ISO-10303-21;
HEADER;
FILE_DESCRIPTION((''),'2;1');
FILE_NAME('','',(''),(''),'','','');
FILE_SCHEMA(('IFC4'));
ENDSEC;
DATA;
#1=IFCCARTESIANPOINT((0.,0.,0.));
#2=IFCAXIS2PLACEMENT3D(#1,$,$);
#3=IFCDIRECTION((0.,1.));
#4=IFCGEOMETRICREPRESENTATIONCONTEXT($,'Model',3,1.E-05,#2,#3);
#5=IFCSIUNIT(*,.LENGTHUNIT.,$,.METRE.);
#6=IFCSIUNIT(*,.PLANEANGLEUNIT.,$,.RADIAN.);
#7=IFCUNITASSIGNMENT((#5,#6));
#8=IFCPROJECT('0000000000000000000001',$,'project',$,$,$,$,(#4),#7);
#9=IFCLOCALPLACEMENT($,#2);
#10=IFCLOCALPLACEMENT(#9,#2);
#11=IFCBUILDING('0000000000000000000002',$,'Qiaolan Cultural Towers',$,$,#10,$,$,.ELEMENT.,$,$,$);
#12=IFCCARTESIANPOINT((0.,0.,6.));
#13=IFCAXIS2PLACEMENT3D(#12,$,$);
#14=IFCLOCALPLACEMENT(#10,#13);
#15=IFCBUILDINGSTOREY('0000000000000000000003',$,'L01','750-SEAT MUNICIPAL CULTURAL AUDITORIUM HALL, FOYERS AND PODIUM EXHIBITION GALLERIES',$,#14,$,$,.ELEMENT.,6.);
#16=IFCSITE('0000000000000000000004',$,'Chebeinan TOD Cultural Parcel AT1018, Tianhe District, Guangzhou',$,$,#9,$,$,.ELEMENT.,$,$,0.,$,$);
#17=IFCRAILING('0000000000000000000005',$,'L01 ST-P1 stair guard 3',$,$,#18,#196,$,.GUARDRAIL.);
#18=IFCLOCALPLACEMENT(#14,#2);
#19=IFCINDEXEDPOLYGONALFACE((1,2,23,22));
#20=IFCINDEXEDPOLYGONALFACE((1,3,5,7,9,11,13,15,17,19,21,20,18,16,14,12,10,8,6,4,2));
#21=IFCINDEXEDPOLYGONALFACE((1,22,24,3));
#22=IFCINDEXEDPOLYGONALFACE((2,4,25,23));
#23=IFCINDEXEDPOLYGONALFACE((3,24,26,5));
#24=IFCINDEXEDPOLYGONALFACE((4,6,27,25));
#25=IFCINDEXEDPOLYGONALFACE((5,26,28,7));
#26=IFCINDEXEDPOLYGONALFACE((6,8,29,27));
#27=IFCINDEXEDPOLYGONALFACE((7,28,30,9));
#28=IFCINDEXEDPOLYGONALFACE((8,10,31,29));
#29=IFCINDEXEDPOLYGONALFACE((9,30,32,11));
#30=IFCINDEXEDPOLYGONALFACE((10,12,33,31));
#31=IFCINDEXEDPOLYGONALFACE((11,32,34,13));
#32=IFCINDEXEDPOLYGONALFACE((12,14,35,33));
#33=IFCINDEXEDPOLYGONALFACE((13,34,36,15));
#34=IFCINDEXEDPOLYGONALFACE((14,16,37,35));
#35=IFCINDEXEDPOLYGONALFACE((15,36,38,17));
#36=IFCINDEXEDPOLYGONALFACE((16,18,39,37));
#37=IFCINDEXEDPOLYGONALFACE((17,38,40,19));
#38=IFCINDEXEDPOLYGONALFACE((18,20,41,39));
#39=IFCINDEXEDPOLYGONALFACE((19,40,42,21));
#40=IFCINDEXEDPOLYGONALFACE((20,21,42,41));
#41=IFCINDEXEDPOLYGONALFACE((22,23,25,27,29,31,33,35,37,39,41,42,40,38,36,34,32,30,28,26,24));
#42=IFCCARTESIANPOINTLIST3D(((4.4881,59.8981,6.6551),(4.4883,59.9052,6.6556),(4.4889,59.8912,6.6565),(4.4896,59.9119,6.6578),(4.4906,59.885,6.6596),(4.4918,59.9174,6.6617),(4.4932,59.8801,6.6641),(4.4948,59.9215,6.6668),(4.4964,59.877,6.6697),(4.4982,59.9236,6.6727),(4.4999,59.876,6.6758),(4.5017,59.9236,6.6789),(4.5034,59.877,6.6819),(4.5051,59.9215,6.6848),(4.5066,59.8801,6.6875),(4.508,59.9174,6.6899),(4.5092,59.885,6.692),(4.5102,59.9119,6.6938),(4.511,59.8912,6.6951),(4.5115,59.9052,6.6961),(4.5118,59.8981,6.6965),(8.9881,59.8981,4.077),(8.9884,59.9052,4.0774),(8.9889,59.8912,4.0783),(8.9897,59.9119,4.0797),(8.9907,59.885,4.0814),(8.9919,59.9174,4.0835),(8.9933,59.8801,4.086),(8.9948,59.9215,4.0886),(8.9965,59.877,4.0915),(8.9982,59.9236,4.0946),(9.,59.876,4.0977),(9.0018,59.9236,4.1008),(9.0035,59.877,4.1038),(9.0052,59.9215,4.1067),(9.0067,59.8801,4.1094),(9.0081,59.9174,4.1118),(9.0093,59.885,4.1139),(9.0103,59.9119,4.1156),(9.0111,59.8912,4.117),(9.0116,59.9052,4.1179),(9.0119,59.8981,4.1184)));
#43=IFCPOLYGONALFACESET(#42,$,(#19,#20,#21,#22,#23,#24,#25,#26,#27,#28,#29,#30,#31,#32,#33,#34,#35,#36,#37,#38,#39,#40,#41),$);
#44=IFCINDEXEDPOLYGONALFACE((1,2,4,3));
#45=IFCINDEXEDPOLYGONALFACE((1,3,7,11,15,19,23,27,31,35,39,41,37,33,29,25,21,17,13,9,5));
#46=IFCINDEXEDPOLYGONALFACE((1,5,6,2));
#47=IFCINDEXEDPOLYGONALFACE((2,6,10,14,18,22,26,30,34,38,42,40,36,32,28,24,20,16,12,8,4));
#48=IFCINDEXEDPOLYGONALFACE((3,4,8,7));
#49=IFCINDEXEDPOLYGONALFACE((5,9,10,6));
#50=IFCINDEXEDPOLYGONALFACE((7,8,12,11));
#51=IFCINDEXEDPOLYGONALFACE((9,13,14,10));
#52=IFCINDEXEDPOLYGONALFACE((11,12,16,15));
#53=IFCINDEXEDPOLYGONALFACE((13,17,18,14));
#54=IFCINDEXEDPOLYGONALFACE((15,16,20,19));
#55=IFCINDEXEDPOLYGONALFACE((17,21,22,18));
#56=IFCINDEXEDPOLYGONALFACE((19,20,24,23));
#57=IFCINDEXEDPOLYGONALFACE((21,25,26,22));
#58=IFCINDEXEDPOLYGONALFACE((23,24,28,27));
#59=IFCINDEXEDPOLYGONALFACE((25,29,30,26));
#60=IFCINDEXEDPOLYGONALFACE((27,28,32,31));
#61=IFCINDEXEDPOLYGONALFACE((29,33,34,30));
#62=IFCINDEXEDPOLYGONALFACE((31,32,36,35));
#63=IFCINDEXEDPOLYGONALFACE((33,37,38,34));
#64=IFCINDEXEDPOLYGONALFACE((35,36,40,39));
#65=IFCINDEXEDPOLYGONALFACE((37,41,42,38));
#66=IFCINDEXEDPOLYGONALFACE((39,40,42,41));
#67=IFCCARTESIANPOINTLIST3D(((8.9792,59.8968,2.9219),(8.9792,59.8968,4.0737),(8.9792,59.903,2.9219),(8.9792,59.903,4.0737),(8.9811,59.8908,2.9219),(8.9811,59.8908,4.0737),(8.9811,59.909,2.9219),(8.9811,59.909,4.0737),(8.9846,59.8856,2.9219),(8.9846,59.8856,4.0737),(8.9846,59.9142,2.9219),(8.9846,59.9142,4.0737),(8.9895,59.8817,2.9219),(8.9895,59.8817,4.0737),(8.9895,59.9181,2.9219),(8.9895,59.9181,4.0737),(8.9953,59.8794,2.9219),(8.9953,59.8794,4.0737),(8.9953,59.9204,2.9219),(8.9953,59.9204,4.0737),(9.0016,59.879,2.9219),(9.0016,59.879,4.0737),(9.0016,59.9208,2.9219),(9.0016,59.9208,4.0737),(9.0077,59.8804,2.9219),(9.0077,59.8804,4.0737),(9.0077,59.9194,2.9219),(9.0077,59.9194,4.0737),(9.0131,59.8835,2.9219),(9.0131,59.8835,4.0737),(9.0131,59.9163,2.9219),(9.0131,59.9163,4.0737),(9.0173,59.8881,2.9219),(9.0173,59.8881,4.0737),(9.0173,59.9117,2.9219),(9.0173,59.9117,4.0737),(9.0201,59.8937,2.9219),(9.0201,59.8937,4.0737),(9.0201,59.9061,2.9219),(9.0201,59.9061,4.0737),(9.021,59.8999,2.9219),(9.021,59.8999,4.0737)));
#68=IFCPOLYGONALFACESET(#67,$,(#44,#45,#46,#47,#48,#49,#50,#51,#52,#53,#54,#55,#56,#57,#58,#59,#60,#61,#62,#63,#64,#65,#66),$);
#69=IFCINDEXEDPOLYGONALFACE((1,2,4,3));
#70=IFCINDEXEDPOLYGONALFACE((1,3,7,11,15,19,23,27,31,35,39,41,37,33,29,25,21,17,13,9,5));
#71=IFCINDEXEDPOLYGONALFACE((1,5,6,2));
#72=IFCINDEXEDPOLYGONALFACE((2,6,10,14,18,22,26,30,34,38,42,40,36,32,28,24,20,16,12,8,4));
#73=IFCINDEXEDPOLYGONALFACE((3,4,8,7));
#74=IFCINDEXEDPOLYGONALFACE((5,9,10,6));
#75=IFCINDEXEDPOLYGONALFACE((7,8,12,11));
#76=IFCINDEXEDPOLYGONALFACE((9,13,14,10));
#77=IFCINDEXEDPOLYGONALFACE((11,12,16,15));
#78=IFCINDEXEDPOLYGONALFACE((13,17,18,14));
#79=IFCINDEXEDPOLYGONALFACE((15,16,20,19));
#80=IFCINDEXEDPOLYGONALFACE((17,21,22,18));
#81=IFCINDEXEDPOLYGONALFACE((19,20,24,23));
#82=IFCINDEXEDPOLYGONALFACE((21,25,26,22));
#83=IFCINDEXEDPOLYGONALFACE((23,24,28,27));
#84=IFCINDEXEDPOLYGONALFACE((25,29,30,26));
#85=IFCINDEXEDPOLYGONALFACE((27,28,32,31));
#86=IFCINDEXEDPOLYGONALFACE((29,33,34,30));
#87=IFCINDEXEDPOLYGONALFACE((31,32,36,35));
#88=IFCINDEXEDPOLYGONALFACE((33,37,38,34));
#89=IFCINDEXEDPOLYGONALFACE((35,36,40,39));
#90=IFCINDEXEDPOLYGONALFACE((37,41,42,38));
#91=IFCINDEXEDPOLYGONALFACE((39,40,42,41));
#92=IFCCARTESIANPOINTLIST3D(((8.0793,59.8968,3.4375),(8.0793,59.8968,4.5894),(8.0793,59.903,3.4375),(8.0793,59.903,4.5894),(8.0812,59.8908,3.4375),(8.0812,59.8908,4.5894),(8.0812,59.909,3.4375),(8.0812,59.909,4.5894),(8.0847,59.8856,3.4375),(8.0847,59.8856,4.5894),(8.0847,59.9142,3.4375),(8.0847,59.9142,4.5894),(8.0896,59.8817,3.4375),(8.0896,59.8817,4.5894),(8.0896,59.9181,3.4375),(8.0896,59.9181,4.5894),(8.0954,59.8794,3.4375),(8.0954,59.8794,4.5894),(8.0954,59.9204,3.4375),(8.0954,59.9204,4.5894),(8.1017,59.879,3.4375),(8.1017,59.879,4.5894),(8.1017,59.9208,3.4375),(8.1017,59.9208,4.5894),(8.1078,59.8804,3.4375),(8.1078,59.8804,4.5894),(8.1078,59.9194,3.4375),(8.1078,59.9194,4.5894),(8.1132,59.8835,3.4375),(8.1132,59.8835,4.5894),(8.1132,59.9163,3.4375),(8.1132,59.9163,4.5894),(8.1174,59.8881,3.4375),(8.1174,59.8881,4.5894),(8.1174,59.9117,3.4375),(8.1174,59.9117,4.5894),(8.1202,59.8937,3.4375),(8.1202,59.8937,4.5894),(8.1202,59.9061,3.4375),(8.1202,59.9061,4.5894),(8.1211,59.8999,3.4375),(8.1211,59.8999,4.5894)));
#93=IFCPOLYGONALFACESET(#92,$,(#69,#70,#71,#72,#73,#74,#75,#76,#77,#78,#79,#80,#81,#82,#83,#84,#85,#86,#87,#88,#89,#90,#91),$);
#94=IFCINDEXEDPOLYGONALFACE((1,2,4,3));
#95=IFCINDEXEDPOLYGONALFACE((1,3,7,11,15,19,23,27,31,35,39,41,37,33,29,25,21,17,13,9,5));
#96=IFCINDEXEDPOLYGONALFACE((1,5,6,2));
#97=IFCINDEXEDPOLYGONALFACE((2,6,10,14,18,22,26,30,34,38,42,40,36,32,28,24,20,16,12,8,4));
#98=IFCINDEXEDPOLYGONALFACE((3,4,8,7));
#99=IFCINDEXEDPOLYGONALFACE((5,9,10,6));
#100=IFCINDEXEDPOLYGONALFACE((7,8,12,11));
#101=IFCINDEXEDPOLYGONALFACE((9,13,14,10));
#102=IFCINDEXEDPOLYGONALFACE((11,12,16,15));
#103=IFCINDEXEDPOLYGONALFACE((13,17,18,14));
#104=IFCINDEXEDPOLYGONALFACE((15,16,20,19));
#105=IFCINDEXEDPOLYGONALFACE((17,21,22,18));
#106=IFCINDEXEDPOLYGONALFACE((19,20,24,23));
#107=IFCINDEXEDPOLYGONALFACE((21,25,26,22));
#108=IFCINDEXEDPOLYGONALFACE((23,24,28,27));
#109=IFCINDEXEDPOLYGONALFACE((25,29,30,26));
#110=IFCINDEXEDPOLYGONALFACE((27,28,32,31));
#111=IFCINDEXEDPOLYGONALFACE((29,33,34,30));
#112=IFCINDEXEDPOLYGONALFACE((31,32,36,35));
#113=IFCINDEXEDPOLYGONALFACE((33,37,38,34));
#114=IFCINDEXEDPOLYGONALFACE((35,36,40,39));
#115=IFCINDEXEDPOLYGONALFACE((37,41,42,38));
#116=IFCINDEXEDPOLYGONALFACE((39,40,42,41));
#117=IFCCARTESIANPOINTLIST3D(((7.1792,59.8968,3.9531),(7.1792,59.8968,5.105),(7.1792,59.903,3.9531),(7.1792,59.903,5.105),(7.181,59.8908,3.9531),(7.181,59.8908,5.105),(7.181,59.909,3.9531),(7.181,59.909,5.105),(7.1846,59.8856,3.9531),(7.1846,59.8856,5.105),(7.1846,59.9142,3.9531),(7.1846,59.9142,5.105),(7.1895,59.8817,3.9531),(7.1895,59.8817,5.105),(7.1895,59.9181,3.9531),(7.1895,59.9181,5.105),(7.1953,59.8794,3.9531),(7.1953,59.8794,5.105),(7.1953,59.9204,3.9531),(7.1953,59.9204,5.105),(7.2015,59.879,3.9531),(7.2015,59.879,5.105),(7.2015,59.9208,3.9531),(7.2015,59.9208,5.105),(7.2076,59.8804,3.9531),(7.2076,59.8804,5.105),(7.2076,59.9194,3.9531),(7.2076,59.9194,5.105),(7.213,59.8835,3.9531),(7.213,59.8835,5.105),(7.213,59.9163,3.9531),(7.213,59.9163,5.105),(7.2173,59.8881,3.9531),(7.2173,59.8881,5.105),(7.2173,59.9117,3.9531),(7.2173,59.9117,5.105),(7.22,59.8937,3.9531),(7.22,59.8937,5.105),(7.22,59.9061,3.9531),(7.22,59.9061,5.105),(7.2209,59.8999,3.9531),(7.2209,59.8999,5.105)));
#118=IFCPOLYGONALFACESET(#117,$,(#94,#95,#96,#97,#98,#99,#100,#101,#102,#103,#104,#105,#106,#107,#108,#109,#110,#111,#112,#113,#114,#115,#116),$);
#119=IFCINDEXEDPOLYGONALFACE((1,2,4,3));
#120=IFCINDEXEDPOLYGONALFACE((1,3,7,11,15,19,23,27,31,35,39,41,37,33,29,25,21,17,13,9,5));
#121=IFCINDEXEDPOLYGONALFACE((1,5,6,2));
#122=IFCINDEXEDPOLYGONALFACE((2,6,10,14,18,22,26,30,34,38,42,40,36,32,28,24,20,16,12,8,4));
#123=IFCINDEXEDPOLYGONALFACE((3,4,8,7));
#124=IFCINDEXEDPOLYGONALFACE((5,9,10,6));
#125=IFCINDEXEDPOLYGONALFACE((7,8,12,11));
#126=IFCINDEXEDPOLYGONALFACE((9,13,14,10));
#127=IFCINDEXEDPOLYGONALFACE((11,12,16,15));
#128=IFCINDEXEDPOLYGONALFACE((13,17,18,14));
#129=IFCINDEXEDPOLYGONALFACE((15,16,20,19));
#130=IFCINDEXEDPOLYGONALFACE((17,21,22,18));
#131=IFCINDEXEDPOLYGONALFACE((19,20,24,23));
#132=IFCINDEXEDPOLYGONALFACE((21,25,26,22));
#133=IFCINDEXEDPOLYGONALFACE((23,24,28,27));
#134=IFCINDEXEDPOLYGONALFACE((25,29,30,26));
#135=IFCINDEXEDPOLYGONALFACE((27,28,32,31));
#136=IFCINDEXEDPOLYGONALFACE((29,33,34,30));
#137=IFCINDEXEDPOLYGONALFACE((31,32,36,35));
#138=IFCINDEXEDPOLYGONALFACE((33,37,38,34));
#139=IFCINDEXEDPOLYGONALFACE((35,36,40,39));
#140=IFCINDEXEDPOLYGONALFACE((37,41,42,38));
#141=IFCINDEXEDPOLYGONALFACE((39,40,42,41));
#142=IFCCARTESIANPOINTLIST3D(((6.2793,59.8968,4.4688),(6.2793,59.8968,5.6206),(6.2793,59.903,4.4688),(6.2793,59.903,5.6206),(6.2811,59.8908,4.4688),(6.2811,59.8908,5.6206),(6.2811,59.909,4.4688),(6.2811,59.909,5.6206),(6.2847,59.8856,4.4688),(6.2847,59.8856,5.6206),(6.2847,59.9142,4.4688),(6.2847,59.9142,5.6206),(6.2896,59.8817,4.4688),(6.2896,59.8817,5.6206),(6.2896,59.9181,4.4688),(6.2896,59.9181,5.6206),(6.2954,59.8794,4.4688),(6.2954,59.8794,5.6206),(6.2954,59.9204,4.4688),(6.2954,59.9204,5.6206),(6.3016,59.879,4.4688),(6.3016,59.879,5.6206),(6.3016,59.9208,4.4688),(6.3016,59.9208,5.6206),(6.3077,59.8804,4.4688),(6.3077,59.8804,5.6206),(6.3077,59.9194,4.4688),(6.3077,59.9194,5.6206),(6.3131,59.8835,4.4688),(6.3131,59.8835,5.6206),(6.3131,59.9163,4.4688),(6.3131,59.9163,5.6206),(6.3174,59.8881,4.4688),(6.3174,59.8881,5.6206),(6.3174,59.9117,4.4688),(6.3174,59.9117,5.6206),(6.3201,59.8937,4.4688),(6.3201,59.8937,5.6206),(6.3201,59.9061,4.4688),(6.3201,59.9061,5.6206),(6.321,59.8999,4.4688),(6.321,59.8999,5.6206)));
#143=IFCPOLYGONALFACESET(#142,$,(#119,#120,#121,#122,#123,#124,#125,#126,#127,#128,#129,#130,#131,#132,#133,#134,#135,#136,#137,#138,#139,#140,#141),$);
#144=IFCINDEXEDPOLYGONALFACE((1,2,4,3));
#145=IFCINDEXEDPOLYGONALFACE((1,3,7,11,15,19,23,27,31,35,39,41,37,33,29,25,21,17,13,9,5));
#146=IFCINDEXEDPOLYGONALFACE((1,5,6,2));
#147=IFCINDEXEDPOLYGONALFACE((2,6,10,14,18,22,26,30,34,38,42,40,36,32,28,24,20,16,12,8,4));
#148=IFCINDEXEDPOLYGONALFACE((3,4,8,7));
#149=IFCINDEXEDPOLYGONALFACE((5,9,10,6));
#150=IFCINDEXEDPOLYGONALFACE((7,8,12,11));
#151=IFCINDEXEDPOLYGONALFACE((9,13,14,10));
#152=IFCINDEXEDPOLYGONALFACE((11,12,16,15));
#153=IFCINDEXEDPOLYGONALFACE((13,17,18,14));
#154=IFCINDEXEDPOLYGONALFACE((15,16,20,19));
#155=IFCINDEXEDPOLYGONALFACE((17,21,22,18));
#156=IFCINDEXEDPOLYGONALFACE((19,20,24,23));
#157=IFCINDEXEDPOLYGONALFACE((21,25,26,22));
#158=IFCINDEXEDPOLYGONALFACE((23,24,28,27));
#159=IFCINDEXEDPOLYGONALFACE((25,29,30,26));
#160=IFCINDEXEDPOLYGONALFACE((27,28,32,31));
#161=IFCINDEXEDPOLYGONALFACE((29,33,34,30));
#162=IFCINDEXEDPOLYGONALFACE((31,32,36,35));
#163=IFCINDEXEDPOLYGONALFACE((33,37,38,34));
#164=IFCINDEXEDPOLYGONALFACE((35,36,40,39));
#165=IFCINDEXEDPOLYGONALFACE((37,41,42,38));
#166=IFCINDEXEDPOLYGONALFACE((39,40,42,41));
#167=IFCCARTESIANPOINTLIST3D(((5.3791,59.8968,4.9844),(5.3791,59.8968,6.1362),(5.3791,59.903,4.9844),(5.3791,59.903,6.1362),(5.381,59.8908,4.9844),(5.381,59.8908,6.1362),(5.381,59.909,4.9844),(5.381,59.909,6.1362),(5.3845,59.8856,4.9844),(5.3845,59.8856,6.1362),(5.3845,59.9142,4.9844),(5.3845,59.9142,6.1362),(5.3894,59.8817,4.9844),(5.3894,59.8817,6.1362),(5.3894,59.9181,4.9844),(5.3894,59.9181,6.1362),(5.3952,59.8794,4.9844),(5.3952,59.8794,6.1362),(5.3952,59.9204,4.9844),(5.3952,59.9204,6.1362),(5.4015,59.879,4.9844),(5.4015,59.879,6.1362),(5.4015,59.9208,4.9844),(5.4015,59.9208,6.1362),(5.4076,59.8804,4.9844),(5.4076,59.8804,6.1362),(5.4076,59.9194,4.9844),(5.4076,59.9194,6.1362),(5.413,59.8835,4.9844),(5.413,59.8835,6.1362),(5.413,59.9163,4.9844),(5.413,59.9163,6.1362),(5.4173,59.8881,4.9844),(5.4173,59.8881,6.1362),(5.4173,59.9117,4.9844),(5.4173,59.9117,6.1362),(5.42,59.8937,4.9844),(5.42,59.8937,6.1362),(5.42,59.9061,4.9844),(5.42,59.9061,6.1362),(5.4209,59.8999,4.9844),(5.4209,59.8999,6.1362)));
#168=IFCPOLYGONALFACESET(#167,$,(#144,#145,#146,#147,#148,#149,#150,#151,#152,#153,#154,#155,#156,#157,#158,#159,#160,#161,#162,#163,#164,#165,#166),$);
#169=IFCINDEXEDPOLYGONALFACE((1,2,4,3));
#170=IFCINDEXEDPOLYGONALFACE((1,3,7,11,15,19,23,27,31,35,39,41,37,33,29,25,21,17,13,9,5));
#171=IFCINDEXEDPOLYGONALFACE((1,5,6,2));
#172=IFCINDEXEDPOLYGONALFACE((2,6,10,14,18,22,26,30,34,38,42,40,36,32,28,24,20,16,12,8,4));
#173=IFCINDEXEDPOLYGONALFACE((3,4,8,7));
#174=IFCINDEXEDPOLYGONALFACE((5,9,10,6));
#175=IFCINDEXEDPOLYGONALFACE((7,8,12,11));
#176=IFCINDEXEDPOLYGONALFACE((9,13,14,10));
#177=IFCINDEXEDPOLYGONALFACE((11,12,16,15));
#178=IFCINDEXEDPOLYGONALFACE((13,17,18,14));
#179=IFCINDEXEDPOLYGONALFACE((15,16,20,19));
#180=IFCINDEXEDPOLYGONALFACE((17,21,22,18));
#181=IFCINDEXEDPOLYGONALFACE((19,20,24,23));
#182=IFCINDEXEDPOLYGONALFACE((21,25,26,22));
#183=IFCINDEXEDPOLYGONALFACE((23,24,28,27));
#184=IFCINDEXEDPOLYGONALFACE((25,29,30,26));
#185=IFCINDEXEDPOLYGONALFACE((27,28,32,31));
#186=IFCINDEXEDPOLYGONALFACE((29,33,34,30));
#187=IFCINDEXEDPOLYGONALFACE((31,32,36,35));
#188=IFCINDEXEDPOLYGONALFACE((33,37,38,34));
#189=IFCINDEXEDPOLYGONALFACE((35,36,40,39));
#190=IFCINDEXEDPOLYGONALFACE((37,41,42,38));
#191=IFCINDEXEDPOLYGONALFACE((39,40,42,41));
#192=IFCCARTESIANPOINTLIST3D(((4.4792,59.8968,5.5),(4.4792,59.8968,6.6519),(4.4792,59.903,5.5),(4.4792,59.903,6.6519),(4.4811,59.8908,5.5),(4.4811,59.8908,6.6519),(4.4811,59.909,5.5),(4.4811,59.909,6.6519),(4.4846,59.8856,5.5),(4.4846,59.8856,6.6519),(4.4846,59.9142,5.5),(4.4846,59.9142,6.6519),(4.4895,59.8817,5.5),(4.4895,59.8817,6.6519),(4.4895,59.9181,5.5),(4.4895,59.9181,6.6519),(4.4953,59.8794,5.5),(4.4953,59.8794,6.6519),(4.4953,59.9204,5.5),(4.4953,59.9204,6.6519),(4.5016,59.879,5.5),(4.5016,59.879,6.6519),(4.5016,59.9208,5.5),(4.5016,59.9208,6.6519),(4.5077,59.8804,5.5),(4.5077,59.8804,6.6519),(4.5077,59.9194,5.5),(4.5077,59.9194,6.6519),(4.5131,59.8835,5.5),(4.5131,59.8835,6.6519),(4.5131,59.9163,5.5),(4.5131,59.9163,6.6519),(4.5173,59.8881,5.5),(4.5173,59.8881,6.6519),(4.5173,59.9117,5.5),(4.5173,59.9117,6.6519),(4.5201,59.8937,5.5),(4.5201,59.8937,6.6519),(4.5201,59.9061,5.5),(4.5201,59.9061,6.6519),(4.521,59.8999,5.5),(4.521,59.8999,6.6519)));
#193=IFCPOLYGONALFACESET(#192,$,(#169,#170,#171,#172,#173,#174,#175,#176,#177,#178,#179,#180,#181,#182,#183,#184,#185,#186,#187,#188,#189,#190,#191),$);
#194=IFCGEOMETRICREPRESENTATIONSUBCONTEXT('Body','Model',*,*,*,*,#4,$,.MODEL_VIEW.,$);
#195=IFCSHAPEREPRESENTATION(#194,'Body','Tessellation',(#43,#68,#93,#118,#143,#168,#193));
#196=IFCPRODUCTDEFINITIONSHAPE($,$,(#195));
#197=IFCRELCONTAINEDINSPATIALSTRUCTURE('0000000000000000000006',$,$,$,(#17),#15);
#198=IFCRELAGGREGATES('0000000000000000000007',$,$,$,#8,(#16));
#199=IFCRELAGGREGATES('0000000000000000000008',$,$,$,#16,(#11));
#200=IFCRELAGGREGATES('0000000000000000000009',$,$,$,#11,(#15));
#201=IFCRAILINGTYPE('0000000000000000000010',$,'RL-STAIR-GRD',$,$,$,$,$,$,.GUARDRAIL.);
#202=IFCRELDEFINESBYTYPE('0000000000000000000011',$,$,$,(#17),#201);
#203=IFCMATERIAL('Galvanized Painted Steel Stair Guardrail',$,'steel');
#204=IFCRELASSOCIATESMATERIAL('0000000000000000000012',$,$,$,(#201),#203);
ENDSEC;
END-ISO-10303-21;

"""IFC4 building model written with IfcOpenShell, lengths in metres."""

from ifc_helpers import new_model, si_unit, direction, frame, origin, origin_2d, place, context, subcontext, project, spatial, circle, extrude, material, type_object, element, save


model = new_model("IFC4")

# Units and contexts
model_context = context("Model", 3, precision=1e-05, world=origin(), true_north=direction((0.0, 1.0)))
body_context = subcontext(model_context, "Body", "Model", "MODEL_VIEW")
ifc_project = project(units=[si_unit("LENGTHUNIT", "METRE"), si_unit("PLANEANGLEUNIT", "RADIAN")], contexts=[model_context])

# Site, building, storey
site_placement = place(None, origin())
site = spatial("IfcSite", under=ifc_project, at=site_placement, Name="Chebeinan TOD Cultural Parcel AT1018, Tianhe District, Guangzhou", CompositionType="ELEMENT", RefElevation=0.0)
building_placement = place(site_placement, origin())
building = spatial("IfcBuilding", under=site, at=building_placement, Name="Qiaolan Cultural Towers", CompositionType="ELEMENT")
storey_placement = place(building_placement, frame((0.0, 0.0, 6.0)))
storey = spatial("IfcBuildingStorey", under=building, at=storey_placement, Name="L01", Description="750-SEAT MUNICIPAL CULTURAL AUDITORIUM HALL, FOYERS AND PODIUM EXHIBITION GALLERIES", CompositionType="ELEMENT", Elevation=6.0)

# Railing
ifc_material_1 = material(Name="Galvanized Painted Steel Stair Guardrail", Category="steel")
railing_type_1 = type_object("IfcRailingType", Name="RL-STAIR-GRD", PredefinedType="GUARDRAIL", material=ifc_material_1)
railing_1_placement = place(storey_placement, frame((9.0, 59.8999, 2.9219)))
element("IfcRailing", 1, at=railing_1_placement, inside=storey, type_object=railing_type_1, Name="L01 ST-P1 stair guard 3", PredefinedType="GUARDRAIL", context=body_context, shape_type="SweptSolid", body=[
    extrude(circle(Radius=0.0239, at=origin_2d()), frame((0.0, 0.0, 1.1758), z_axis=(-0.867686, 0.0, 0.497112), x_axis=(0.0, -1.0, 0.0)), (0.0, 0.0, 1.0), 5.1863),
    extrude(circle(Radius=0.021, at=origin_2d()), origin(), (0.0, 0.0, 1.0), 1.1519),
    extrude(circle(Radius=0.021, at=origin_2d()), frame((-0.8999, 0.0, 0.5156)), (0.0, 0.0, 1.0), 1.1519),
    extrude(circle(Radius=0.021, at=origin_2d()), frame((-1.8, 0.0, 1.0312)), (0.0, 0.0, 1.0), 1.1519),
    extrude(circle(Radius=0.021, at=origin_2d()), frame((-2.7, 0.0, 1.5469)), (0.0, 0.0, 1.0), 1.1519),
    extrude(circle(Radius=0.021, at=origin_2d()), frame((-3.6001, 0.0, 2.0625)), (0.0, 0.0, 1.0), 1.1519),
    extrude(circle(Radius=0.021, at=origin_2d()), frame((-4.5, 0.0, 2.5781)), (0.0, 0.0, 1.0), 1.1519),
])

save(model, "model.ifc")
